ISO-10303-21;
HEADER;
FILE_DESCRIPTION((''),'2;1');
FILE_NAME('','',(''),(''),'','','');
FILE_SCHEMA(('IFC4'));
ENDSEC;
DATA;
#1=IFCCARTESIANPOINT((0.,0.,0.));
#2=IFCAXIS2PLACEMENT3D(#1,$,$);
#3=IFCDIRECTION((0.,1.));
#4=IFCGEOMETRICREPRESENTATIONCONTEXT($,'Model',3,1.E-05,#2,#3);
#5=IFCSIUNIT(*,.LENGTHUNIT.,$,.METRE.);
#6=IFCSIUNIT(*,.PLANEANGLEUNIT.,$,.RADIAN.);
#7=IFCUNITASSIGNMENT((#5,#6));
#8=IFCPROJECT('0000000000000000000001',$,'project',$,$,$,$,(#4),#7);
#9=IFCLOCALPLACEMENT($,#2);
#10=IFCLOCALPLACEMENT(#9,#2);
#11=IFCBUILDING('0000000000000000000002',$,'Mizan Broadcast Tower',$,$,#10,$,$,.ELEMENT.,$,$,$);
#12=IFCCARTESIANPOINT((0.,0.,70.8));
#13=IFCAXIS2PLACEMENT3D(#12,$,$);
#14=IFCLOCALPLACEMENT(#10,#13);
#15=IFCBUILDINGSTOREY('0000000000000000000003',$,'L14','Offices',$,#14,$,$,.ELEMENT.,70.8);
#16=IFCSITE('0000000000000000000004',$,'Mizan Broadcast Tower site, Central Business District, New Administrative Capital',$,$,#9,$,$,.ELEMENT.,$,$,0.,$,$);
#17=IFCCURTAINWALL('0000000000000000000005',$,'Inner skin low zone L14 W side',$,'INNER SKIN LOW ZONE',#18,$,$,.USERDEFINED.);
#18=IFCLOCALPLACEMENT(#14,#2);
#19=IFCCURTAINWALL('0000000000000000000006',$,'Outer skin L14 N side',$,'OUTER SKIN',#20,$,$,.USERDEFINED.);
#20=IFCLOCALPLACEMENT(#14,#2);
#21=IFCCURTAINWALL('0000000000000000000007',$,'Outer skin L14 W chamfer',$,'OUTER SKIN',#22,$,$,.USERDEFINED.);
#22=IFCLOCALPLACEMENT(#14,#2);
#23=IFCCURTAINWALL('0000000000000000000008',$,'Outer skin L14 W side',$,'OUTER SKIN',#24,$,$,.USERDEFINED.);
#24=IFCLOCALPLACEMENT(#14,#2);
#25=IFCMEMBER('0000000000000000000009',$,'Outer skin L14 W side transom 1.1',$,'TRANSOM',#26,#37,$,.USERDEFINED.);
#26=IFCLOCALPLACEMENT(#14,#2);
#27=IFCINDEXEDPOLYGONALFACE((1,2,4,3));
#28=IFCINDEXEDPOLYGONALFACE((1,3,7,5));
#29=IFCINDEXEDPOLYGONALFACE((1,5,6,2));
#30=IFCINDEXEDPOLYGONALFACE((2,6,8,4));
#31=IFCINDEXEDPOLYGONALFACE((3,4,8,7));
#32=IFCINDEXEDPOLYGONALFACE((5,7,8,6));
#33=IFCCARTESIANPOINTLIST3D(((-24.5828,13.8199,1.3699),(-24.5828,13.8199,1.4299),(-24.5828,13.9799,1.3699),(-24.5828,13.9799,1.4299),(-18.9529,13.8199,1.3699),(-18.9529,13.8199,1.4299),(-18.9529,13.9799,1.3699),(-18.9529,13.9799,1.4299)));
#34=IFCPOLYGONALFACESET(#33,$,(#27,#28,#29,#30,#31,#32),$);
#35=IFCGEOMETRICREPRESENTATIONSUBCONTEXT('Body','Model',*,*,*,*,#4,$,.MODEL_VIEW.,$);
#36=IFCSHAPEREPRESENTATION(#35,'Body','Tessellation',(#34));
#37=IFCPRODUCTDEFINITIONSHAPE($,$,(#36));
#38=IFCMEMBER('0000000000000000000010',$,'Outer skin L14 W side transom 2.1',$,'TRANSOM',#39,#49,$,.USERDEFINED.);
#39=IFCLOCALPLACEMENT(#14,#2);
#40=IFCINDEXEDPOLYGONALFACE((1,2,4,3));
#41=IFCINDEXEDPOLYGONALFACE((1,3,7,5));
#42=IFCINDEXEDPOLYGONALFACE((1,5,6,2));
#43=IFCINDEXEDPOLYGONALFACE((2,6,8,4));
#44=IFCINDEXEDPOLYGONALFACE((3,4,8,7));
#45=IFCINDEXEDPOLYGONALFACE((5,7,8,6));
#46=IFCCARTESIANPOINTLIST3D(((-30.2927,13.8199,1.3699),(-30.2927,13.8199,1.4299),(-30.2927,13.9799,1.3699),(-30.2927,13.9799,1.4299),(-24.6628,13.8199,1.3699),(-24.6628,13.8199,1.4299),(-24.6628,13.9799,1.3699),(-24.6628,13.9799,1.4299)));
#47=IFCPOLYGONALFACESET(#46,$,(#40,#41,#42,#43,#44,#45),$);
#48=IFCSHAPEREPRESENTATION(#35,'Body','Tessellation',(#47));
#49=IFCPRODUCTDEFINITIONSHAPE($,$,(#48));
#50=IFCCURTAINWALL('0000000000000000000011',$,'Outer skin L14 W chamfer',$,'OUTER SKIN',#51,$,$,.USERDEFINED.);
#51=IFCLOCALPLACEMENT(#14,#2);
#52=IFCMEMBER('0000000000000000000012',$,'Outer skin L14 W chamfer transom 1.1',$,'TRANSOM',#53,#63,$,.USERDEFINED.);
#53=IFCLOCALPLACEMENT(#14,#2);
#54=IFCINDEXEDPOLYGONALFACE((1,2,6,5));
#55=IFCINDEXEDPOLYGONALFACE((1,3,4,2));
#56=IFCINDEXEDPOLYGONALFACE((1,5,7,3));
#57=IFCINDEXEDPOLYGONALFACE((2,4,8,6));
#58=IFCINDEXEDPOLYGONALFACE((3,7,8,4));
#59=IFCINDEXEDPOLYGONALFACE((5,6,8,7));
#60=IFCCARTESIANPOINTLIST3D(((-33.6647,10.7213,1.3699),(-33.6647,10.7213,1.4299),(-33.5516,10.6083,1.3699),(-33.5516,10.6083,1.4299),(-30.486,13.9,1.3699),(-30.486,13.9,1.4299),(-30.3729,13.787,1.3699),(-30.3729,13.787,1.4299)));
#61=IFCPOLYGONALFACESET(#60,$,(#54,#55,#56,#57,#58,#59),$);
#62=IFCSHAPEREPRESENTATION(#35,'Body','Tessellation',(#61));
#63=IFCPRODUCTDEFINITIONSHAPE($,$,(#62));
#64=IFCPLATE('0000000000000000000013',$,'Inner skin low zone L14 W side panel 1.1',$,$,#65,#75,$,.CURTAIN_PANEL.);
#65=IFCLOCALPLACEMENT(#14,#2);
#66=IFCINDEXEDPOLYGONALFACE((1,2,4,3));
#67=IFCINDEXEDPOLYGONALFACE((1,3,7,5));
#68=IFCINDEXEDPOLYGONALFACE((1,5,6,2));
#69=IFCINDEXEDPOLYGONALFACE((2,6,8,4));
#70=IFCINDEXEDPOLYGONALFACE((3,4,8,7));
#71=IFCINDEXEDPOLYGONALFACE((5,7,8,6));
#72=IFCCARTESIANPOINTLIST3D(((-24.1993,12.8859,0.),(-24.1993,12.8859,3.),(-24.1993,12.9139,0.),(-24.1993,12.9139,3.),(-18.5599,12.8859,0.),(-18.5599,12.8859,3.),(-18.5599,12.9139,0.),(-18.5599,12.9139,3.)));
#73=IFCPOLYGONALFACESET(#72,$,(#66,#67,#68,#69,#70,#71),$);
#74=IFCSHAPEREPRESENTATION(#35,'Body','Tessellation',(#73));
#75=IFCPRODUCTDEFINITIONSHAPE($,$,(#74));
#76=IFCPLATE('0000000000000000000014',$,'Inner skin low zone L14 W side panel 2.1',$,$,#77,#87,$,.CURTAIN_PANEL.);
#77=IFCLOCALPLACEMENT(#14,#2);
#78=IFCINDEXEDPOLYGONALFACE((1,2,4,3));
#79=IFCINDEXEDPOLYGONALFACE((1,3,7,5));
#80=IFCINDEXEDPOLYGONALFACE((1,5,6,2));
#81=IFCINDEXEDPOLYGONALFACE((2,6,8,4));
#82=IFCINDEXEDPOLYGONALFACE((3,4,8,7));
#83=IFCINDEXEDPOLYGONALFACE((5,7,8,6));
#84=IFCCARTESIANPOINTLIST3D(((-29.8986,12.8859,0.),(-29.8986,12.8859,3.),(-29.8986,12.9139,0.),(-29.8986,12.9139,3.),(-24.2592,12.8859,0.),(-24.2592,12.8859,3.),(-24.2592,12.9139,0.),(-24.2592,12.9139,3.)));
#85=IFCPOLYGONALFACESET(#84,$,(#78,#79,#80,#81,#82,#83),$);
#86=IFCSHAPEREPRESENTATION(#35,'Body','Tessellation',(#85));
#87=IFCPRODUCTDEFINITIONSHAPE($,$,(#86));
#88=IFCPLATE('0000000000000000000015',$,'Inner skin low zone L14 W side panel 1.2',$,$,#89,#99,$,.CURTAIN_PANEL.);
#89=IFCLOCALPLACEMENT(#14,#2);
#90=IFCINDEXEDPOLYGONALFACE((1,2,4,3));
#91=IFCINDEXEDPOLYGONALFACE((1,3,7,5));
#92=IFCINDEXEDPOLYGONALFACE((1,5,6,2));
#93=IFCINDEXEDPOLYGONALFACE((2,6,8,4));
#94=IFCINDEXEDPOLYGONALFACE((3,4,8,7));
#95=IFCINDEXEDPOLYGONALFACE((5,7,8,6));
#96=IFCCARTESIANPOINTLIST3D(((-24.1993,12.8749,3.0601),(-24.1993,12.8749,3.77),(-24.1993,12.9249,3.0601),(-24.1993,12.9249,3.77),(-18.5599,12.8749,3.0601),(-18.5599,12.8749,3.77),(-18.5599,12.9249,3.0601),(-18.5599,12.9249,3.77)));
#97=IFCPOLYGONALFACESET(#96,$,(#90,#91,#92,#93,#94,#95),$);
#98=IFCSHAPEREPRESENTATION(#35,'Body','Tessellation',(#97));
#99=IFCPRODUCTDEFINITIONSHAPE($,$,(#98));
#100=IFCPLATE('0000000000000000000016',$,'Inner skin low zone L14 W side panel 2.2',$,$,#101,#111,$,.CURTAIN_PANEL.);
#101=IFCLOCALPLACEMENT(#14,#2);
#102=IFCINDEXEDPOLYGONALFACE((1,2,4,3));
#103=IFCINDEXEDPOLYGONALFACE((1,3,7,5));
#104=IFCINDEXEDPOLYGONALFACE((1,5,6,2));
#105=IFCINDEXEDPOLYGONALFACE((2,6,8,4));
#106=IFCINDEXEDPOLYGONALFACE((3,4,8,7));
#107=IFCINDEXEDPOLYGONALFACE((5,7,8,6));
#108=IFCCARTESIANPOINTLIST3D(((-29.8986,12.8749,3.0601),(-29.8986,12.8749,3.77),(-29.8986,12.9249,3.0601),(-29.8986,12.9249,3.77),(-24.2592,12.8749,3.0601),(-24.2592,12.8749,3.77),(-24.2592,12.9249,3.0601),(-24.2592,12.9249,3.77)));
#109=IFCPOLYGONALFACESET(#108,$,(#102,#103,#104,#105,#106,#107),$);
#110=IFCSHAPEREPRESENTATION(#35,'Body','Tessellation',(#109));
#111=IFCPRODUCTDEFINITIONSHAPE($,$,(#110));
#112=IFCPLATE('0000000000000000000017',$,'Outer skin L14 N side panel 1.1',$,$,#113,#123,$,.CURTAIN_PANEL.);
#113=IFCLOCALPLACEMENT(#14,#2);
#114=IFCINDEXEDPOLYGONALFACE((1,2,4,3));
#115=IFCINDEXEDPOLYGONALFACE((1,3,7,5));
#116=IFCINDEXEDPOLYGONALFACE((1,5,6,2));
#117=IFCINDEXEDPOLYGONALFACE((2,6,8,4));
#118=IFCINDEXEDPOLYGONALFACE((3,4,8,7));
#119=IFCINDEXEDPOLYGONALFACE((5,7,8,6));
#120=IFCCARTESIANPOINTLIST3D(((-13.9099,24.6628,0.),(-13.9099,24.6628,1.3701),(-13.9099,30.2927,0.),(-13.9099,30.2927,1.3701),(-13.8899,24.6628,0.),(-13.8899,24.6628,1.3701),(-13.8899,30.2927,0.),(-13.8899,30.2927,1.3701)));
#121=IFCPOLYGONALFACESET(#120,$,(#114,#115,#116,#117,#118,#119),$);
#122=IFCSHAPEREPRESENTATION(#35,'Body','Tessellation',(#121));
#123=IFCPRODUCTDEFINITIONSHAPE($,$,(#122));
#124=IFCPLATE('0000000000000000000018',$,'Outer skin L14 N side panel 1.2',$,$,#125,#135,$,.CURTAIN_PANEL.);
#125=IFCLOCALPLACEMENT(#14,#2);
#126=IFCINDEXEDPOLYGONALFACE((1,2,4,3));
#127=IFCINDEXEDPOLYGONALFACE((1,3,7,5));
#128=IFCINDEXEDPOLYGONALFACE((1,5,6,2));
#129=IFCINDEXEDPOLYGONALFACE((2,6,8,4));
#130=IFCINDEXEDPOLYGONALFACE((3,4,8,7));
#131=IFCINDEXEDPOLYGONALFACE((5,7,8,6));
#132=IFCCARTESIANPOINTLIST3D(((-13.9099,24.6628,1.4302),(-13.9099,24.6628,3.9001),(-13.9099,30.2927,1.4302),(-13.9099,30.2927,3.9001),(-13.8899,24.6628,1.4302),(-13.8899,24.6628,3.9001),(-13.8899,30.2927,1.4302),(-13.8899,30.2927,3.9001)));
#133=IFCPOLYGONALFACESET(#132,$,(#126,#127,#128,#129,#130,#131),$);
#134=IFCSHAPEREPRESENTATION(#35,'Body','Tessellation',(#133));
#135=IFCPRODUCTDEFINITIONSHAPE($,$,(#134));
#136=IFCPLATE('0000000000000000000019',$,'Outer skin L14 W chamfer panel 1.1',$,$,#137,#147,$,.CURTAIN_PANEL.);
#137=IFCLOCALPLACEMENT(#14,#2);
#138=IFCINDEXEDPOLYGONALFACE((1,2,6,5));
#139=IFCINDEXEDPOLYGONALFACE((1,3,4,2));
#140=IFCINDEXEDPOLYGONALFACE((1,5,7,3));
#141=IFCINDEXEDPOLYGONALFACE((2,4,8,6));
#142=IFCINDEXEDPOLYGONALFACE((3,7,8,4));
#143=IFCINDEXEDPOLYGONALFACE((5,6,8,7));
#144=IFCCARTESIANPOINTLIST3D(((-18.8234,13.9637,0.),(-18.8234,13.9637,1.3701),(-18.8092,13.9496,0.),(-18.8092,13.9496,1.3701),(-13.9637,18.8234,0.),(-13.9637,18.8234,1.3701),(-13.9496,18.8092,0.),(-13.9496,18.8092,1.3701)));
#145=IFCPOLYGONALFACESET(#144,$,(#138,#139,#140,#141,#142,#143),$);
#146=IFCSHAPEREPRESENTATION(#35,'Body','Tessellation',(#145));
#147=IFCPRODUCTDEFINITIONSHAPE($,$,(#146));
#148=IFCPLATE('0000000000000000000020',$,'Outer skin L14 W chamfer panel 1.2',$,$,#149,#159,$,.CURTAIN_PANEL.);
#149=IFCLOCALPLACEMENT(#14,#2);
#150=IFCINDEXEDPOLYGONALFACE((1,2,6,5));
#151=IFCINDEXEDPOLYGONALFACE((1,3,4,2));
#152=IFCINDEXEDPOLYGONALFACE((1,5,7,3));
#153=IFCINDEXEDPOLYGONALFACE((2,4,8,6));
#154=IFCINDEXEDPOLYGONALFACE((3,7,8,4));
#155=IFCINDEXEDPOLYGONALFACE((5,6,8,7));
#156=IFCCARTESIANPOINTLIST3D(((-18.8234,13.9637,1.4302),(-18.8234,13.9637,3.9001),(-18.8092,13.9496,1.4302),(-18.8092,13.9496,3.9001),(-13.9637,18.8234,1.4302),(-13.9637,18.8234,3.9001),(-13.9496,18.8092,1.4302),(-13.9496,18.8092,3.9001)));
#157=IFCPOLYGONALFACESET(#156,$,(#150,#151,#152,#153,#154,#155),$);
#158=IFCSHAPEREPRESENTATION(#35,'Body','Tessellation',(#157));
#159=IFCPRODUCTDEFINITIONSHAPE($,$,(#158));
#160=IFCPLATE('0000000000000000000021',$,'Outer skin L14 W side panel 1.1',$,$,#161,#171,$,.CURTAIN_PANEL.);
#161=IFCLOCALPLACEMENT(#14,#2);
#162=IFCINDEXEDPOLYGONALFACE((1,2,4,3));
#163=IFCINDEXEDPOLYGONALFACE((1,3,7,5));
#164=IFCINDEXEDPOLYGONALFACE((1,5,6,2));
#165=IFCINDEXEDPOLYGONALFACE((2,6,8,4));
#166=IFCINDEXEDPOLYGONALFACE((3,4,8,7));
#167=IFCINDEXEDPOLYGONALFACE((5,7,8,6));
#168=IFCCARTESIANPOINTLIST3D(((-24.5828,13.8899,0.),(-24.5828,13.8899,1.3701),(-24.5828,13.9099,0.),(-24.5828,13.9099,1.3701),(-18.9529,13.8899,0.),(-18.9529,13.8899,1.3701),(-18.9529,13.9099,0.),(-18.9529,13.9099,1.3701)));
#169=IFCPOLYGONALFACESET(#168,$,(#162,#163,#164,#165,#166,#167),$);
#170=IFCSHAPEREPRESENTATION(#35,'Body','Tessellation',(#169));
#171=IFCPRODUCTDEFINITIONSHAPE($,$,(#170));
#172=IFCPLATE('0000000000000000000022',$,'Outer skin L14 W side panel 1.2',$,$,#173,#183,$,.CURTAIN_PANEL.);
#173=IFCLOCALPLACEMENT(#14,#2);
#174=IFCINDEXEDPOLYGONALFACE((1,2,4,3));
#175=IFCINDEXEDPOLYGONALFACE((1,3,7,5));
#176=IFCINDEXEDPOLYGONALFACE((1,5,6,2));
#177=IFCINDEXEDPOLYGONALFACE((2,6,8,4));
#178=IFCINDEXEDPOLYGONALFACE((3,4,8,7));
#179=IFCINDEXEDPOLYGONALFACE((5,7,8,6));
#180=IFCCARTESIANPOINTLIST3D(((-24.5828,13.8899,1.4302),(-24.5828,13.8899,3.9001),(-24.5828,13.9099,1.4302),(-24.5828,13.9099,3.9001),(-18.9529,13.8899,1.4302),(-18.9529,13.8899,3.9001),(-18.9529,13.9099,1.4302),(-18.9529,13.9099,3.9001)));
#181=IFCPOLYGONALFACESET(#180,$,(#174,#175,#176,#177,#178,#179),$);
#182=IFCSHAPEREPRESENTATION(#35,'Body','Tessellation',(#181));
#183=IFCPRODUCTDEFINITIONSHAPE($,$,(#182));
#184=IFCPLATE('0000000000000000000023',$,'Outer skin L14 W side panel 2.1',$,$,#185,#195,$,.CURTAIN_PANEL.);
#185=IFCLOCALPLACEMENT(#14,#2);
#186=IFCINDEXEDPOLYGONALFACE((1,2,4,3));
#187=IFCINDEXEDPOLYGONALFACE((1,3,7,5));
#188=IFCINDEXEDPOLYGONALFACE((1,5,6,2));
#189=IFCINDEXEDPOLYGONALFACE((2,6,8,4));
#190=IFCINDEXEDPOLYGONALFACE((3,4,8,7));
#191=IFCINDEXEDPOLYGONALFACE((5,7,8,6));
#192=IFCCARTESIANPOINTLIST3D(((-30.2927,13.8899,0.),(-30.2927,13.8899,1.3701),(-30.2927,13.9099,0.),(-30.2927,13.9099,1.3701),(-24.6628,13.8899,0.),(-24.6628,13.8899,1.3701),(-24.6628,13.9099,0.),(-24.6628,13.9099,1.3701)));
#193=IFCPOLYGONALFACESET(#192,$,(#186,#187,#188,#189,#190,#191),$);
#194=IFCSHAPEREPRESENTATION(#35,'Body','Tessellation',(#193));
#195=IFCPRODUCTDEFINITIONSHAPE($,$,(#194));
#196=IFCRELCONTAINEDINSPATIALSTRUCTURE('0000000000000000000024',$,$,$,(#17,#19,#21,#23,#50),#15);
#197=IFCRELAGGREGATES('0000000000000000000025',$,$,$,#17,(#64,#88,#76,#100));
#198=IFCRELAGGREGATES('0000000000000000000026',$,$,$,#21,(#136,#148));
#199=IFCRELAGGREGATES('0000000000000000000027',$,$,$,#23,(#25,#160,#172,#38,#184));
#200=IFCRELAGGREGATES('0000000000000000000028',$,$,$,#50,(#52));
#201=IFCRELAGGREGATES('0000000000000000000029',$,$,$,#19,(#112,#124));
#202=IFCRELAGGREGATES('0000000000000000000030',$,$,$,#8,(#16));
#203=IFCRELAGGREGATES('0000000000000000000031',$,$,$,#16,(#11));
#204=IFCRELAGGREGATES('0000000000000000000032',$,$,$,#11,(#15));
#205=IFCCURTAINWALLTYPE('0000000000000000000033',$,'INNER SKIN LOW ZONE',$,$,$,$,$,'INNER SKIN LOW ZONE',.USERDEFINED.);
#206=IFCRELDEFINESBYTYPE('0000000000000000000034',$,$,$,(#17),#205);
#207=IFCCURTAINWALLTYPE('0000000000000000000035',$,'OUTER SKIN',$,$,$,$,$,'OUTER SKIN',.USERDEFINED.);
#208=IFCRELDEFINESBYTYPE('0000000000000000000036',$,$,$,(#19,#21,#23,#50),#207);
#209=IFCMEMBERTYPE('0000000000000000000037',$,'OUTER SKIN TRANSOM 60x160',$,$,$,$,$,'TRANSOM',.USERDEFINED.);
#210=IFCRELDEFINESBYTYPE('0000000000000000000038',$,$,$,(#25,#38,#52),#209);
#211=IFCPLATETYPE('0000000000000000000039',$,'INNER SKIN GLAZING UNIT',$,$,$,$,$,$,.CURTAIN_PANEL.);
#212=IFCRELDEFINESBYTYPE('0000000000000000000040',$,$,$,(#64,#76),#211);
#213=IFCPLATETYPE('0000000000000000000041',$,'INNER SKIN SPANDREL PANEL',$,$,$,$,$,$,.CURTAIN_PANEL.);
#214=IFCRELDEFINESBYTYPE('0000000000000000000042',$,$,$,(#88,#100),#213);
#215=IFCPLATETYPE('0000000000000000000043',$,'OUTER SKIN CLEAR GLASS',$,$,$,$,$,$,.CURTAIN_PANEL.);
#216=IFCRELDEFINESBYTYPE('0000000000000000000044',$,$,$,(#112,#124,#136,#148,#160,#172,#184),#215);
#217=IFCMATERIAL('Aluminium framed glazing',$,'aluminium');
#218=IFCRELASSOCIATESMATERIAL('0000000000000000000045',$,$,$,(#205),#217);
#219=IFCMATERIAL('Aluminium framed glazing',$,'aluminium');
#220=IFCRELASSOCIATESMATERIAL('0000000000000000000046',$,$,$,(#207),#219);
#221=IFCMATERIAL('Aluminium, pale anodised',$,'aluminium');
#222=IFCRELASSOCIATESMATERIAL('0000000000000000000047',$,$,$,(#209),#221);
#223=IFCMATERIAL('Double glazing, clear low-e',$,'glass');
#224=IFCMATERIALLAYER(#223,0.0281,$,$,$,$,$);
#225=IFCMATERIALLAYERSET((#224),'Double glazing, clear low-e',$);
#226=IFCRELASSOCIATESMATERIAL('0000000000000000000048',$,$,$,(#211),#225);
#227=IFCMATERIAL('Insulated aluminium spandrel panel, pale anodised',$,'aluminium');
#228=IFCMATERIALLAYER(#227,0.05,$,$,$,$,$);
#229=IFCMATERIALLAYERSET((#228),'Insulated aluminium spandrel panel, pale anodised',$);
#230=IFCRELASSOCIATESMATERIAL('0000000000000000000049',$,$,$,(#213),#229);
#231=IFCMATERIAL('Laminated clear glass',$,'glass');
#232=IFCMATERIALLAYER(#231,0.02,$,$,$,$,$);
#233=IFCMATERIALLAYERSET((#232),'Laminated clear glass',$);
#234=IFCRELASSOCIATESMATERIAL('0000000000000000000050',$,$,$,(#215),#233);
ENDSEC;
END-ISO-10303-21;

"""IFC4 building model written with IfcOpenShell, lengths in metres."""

from ifc_helpers import new_model, si_unit, direction, frame, origin, origin_2d, place, context, subcontext, project, spatial, rectangle, extrude, material, layer, layer_set, material_profile, profile_set, type_object, element, aggregate, save


model = new_model("IFC4")

# Units and contexts
model_context = context("Model", 3, precision=1e-05, world=origin(), true_north=direction((0.0, 1.0)))
body_context = subcontext(model_context, "Body", "Model", "MODEL_VIEW")
ifc_project = project(units=[si_unit("LENGTHUNIT", "METRE"), si_unit("PLANEANGLEUNIT", "RADIAN")], contexts=[model_context])

# Site, building, storey
site_placement = place(None, origin())
site = spatial("IfcSite", under=ifc_project, at=site_placement, Name="Mizan Broadcast Tower site, Central Business District, New Administrative Capital", CompositionType="ELEMENT", RefElevation=0.0)
building_placement = place(site_placement, origin())
building = spatial("IfcBuilding", under=site, at=building_placement, Name="Mizan Broadcast Tower", CompositionType="ELEMENT")
storey_placement = place(building_placement, frame((0.0, 0.0, 70.8)))
storey = spatial("IfcBuildingStorey", under=building, at=storey_placement, Name="L14", Description="Offices", CompositionType="ELEMENT", Elevation=70.8)

# Curtain wall
ifc_material_1 = material(Name="Aluminium framed glazing", Category="aluminium")
curtain_wall_type_1 = type_object("IfcCurtainWallType", Name="INNER SKIN LOW ZONE", ElementType="INNER SKIN LOW ZONE", PredefinedType="USERDEFINED", material=ifc_material_1)
curtain_wall_1_placement = place(storey_placement, origin())
curtain_wall_1 = element("IfcCurtainWall", 1, at=curtain_wall_1_placement, inside=storey, type_object=curtain_wall_type_1, Name="Inner skin low zone L14 W side", ObjectType="INNER SKIN LOW ZONE", PredefinedType="USERDEFINED")

# Shared definitions
ifc_material_2 = material(Name="Aluminium framed glazing", Category="aluminium")
curtain_wall_type_2 = type_object("IfcCurtainWallType", Name="OUTER SKIN", ElementType="OUTER SKIN", PredefinedType="USERDEFINED", material=ifc_material_2)

# Curtain wall
curtain_wall_2_placement = place(storey_placement, origin())
curtain_wall_2 = element("IfcCurtainWall", 2, at=curtain_wall_2_placement, inside=storey, type_object=curtain_wall_type_2, Name="Outer skin L14 N side", ObjectType="OUTER SKIN", PredefinedType="USERDEFINED")

# Curtain wall
curtain_wall_3_placement = place(storey_placement, origin())
curtain_wall_3 = element("IfcCurtainWall", 3, at=curtain_wall_3_placement, inside=storey, type_object=curtain_wall_type_2, Name="Outer skin L14 W chamfer", ObjectType="OUTER SKIN", PredefinedType="USERDEFINED")

# Curtain wall
curtain_wall_4_placement = place(storey_placement, origin())
curtain_wall_4 = element("IfcCurtainWall", 4, at=curtain_wall_4_placement, inside=storey, type_object=curtain_wall_type_2, Name="Outer skin L14 W side", ObjectType="OUTER SKIN", PredefinedType="USERDEFINED")

# Members
ifc_material_3 = material(Name="Aluminium, pale anodised", Category="aluminium")
ifc_material_profile_1 = material_profile(ifc_material_3, rectangle(XDim=0.1599, YDim=0.0601, at=origin_2d()), Name="TRANSOM 160x60")
ifc_profile_set_1 = profile_set([ifc_material_profile_1], Name="Aluminium, pale anodised")
member_type_1 = type_object("IfcMemberType", Name="OUTER SKIN TRANSOM 60x160", ElementType="TRANSOM", PredefinedType="USERDEFINED", material=ifc_profile_set_1)
member_1_placement = place(storey_placement, frame((-18.9529, 13.8999, 1.3999), z_axis=(-1.0, 0.0, 0.0), x_axis=(0.0, -1.0, 0.0)))
member_1 = element("IfcMember", 5, at=member_1_placement, type_object=member_type_1, Name="Outer skin L14 W side transom 1.1", ObjectType="TRANSOM", PredefinedType="USERDEFINED", context=body_context, shape_type="SweptSolid", body=[
    extrude(rectangle(XDim=0.1599, YDim=0.0601, at=origin_2d()), origin(), (0.0, 0.0, 1.0), 5.6299),
])
member_2_placement = place(storey_placement, frame((-24.6628, 13.8999, 1.3999), z_axis=(-1.0, 0.0, 0.0), x_axis=(0.0, -1.0, 0.0)))
member_2 = element("IfcMember", 6, at=member_2_placement, type_object=member_type_1, Name="Outer skin L14 W side transom 2.1", ObjectType="TRANSOM", PredefinedType="USERDEFINED", context=body_context, shape_type="SweptSolid", body=[
    extrude(rectangle(XDim=0.1599, YDim=0.0601, at=origin_2d()), origin(), (0.0, 0.0, 1.0), 5.6299),
])

# Curtain wall, member
curtain_wall_5_placement = place(storey_placement, origin())
curtain_wall_5 = element("IfcCurtainWall", 7, at=curtain_wall_5_placement, inside=storey, type_object=curtain_wall_type_2, Name="Outer skin L14 W chamfer", ObjectType="OUTER SKIN", PredefinedType="USERDEFINED")
member_3_placement = place(storey_placement, frame((-30.4294, 13.8435, 1.3999), z_axis=(-0.707107, -0.707107, 0.0), x_axis=(0.707107, -0.707107, 0.0)))
member_3 = element("IfcMember", 8, at=member_3_placement, type_object=member_type_1, Name="Outer skin L14 W chamfer transom 1.1", ObjectType="TRANSOM", PredefinedType="USERDEFINED", context=body_context, shape_type="SweptSolid", body=[
    extrude(rectangle(XDim=0.1599, YDim=0.0601, at=origin_2d()), origin(), (0.0, 0.0, 1.0), 4.4954),
])

# Plates
ifc_material_4 = material(Name="Double glazing, clear low-e", Category="glass")
ifc_layer_1 = layer(ifc_material_4, 0.0281)
ifc_layer_set_1 = layer_set([ifc_layer_1], Name="Double glazing, clear low-e")
plate_type_1 = type_object("IfcPlateType", Name="INNER SKIN GLAZING UNIT", PredefinedType="CURTAIN_PANEL", material=ifc_layer_set_1)
plate_1_placement = place(storey_placement, frame((-21.3796, 12.8999, 0.0), z_axis=(0.0, 0.0, 1.0), x_axis=(-1.0, 0.0, 0.0)))
plate_1 = element("IfcPlate", 9, at=plate_1_placement, type_object=plate_type_1, Name="Inner skin low zone L14 W side panel 1.1", PredefinedType="CURTAIN_PANEL", context=body_context, shape_type="SweptSolid", body=[
    extrude(rectangle(XDim=5.6394, YDim=0.0281, at=origin_2d()), origin(), (0.0, 0.0, 1.0), 3.0),
])
plate_2_placement = place(storey_placement, frame((-27.0789, 12.8999, 0.0), z_axis=(0.0, 0.0, 1.0), x_axis=(-1.0, 0.0, 0.0)))
plate_2 = element("IfcPlate", 10, at=plate_2_placement, type_object=plate_type_1, Name="Inner skin low zone L14 W side panel 2.1", PredefinedType="CURTAIN_PANEL", context=body_context, shape_type="SweptSolid", body=[
    extrude(rectangle(XDim=5.6394, YDim=0.0281, at=origin_2d()), origin(), (0.0, 0.0, 1.0), 3.0),
])
ifc_material_5 = material(Name="Insulated aluminium spandrel panel, pale anodised", Category="aluminium")
ifc_layer_2 = layer(ifc_material_5, 0.05)
ifc_layer_set_2 = layer_set([ifc_layer_2], Name="Insulated aluminium spandrel panel, pale anodised")
plate_type_2 = type_object("IfcPlateType", Name="INNER SKIN SPANDREL PANEL", PredefinedType="CURTAIN_PANEL", material=ifc_layer_set_2)
plate_3_placement = place(storey_placement, frame((-21.3796, 12.8999, 3.0601), z_axis=(0.0, 0.0, 1.0), x_axis=(-1.0, 0.0, 0.0)))
plate_3 = element("IfcPlate", 11, at=plate_3_placement, type_object=plate_type_2, Name="Inner skin low zone L14 W side panel 1.2", PredefinedType="CURTAIN_PANEL", context=body_context, shape_type="SweptSolid", body=[
    extrude(rectangle(XDim=5.6394, YDim=0.05, at=origin_2d()), origin(), (0.0, 0.0, 1.0), 0.71),
])
plate_4_placement = place(storey_placement, frame((-27.0789, 12.8999, 3.0601), z_axis=(0.0, 0.0, 1.0), x_axis=(-1.0, 0.0, 0.0)))
plate_4 = element("IfcPlate", 12, at=plate_4_placement, type_object=plate_type_2, Name="Inner skin low zone L14 W side panel 2.2", PredefinedType="CURTAIN_PANEL", context=body_context, shape_type="SweptSolid", body=[
    extrude(rectangle(XDim=5.6394, YDim=0.05, at=origin_2d()), origin(), (0.0, 0.0, 1.0), 0.71),
])
aggregate(curtain_wall_1, [plate_1, plate_3, plate_2, plate_4])
ifc_material_6 = material(Name="Laminated clear glass", Category="glass")
ifc_layer_3 = layer(ifc_material_6, 0.02)
ifc_layer_set_3 = layer_set([ifc_layer_3], Name="Laminated clear glass")
plate_type_3 = type_object("IfcPlateType", Name="OUTER SKIN CLEAR GLASS", PredefinedType="CURTAIN_PANEL", material=ifc_layer_set_3)
plate_5_placement = place(storey_placement, frame((-13.8999, 27.4778, 0.0), z_axis=(0.0, 0.0, 1.0), x_axis=(0.0, -1.0, 0.0)))
plate_5 = element("IfcPlate", 13, at=plate_5_placement, type_object=plate_type_3, Name="Outer skin L14 N side panel 1.1", PredefinedType="CURTAIN_PANEL", context=body_context, shape_type="SweptSolid", body=[
    extrude(rectangle(XDim=5.6299, YDim=0.02, at=origin_2d()), origin(), (0.0, 0.0, 1.0), 1.3701),
])
plate_6_placement = place(storey_placement, frame((-13.8999, 27.4778, 1.4302), z_axis=(0.0, 0.0, 1.0), x_axis=(0.0, -1.0, 0.0)))
plate_6 = element("IfcPlate", 14, at=plate_6_placement, type_object=plate_type_3, Name="Outer skin L14 N side panel 1.2", PredefinedType="CURTAIN_PANEL", context=body_context, shape_type="SweptSolid", body=[
    extrude(rectangle(XDim=5.6299, YDim=0.02, at=origin_2d()), origin(), (0.0, 0.0, 1.0), 2.47),
])
plate_7_placement = place(storey_placement, frame((-16.3865, 16.3865, 0.0), z_axis=(0.0, 0.0, 1.0), x_axis=(-0.707107, -0.707107, 0.0)))
plate_7 = element("IfcPlate", 15, at=plate_7_placement, type_object=plate_type_3, Name="Outer skin L14 W chamfer panel 1.1", PredefinedType="CURTAIN_PANEL", context=body_context, shape_type="SweptSolid", body=[
    extrude(rectangle(XDim=6.8726, YDim=0.02, at=origin_2d()), origin(), (0.0, 0.0, 1.0), 1.3701),
])
plate_8_placement = place(storey_placement, frame((-16.3865, 16.3865, 1.4302), z_axis=(0.0, 0.0, 1.0), x_axis=(-0.707107, -0.707107, 0.0)))
plate_8 = element("IfcPlate", 16, at=plate_8_placement, type_object=plate_type_3, Name="Outer skin L14 W chamfer panel 1.2", PredefinedType="CURTAIN_PANEL", context=body_context, shape_type="SweptSolid", body=[
    extrude(rectangle(XDim=6.8726, YDim=0.02, at=origin_2d()), origin(), (0.0, 0.0, 1.0), 2.47),
])
aggregate(curtain_wall_3, [plate_7, plate_8])
plate_9_placement = place(storey_placement, frame((-21.7678, 13.8999, 0.0), z_axis=(0.0, 0.0, 1.0), x_axis=(-1.0, 0.0, 0.0)))
plate_9 = element("IfcPlate", 17, at=plate_9_placement, type_object=plate_type_3, Name="Outer skin L14 W side panel 1.1", PredefinedType="CURTAIN_PANEL", context=body_context, shape_type="SweptSolid", body=[
    extrude(rectangle(XDim=5.6299, YDim=0.02, at=origin_2d()), origin(), (0.0, 0.0, 1.0), 1.3701),
])
plate_10_placement = place(storey_placement, frame((-21.7678, 13.8999, 1.4302), z_axis=(0.0, 0.0, 1.0), x_axis=(-1.0, 0.0, 0.0)))
plate_10 = element("IfcPlate", 18, at=plate_10_placement, type_object=plate_type_3, Name="Outer skin L14 W side panel 1.2", PredefinedType="CURTAIN_PANEL", context=body_context, shape_type="SweptSolid", body=[
    extrude(rectangle(XDim=5.6299, YDim=0.02, at=origin_2d()), origin(), (0.0, 0.0, 1.0), 2.47),
])
plate_11_placement = place(storey_placement, frame((-27.4778, 13.8999, 0.0), z_axis=(0.0, 0.0, 1.0), x_axis=(-1.0, 0.0, 0.0)))
plate_11 = element("IfcPlate", 19, at=plate_11_placement, type_object=plate_type_3, Name="Outer skin L14 W side panel 2.1", PredefinedType="CURTAIN_PANEL", context=body_context, shape_type="SweptSolid", body=[
    extrude(rectangle(XDim=5.6299, YDim=0.02, at=origin_2d()), origin(), (0.0, 0.0, 1.0), 1.3701),
])
aggregate(curtain_wall_4, [member_1, plate_9, plate_10, member_2, plate_11])
aggregate(curtain_wall_5, [member_3])
aggregate(curtain_wall_2, [plate_5, plate_6])

save(model, "model.ifc")
